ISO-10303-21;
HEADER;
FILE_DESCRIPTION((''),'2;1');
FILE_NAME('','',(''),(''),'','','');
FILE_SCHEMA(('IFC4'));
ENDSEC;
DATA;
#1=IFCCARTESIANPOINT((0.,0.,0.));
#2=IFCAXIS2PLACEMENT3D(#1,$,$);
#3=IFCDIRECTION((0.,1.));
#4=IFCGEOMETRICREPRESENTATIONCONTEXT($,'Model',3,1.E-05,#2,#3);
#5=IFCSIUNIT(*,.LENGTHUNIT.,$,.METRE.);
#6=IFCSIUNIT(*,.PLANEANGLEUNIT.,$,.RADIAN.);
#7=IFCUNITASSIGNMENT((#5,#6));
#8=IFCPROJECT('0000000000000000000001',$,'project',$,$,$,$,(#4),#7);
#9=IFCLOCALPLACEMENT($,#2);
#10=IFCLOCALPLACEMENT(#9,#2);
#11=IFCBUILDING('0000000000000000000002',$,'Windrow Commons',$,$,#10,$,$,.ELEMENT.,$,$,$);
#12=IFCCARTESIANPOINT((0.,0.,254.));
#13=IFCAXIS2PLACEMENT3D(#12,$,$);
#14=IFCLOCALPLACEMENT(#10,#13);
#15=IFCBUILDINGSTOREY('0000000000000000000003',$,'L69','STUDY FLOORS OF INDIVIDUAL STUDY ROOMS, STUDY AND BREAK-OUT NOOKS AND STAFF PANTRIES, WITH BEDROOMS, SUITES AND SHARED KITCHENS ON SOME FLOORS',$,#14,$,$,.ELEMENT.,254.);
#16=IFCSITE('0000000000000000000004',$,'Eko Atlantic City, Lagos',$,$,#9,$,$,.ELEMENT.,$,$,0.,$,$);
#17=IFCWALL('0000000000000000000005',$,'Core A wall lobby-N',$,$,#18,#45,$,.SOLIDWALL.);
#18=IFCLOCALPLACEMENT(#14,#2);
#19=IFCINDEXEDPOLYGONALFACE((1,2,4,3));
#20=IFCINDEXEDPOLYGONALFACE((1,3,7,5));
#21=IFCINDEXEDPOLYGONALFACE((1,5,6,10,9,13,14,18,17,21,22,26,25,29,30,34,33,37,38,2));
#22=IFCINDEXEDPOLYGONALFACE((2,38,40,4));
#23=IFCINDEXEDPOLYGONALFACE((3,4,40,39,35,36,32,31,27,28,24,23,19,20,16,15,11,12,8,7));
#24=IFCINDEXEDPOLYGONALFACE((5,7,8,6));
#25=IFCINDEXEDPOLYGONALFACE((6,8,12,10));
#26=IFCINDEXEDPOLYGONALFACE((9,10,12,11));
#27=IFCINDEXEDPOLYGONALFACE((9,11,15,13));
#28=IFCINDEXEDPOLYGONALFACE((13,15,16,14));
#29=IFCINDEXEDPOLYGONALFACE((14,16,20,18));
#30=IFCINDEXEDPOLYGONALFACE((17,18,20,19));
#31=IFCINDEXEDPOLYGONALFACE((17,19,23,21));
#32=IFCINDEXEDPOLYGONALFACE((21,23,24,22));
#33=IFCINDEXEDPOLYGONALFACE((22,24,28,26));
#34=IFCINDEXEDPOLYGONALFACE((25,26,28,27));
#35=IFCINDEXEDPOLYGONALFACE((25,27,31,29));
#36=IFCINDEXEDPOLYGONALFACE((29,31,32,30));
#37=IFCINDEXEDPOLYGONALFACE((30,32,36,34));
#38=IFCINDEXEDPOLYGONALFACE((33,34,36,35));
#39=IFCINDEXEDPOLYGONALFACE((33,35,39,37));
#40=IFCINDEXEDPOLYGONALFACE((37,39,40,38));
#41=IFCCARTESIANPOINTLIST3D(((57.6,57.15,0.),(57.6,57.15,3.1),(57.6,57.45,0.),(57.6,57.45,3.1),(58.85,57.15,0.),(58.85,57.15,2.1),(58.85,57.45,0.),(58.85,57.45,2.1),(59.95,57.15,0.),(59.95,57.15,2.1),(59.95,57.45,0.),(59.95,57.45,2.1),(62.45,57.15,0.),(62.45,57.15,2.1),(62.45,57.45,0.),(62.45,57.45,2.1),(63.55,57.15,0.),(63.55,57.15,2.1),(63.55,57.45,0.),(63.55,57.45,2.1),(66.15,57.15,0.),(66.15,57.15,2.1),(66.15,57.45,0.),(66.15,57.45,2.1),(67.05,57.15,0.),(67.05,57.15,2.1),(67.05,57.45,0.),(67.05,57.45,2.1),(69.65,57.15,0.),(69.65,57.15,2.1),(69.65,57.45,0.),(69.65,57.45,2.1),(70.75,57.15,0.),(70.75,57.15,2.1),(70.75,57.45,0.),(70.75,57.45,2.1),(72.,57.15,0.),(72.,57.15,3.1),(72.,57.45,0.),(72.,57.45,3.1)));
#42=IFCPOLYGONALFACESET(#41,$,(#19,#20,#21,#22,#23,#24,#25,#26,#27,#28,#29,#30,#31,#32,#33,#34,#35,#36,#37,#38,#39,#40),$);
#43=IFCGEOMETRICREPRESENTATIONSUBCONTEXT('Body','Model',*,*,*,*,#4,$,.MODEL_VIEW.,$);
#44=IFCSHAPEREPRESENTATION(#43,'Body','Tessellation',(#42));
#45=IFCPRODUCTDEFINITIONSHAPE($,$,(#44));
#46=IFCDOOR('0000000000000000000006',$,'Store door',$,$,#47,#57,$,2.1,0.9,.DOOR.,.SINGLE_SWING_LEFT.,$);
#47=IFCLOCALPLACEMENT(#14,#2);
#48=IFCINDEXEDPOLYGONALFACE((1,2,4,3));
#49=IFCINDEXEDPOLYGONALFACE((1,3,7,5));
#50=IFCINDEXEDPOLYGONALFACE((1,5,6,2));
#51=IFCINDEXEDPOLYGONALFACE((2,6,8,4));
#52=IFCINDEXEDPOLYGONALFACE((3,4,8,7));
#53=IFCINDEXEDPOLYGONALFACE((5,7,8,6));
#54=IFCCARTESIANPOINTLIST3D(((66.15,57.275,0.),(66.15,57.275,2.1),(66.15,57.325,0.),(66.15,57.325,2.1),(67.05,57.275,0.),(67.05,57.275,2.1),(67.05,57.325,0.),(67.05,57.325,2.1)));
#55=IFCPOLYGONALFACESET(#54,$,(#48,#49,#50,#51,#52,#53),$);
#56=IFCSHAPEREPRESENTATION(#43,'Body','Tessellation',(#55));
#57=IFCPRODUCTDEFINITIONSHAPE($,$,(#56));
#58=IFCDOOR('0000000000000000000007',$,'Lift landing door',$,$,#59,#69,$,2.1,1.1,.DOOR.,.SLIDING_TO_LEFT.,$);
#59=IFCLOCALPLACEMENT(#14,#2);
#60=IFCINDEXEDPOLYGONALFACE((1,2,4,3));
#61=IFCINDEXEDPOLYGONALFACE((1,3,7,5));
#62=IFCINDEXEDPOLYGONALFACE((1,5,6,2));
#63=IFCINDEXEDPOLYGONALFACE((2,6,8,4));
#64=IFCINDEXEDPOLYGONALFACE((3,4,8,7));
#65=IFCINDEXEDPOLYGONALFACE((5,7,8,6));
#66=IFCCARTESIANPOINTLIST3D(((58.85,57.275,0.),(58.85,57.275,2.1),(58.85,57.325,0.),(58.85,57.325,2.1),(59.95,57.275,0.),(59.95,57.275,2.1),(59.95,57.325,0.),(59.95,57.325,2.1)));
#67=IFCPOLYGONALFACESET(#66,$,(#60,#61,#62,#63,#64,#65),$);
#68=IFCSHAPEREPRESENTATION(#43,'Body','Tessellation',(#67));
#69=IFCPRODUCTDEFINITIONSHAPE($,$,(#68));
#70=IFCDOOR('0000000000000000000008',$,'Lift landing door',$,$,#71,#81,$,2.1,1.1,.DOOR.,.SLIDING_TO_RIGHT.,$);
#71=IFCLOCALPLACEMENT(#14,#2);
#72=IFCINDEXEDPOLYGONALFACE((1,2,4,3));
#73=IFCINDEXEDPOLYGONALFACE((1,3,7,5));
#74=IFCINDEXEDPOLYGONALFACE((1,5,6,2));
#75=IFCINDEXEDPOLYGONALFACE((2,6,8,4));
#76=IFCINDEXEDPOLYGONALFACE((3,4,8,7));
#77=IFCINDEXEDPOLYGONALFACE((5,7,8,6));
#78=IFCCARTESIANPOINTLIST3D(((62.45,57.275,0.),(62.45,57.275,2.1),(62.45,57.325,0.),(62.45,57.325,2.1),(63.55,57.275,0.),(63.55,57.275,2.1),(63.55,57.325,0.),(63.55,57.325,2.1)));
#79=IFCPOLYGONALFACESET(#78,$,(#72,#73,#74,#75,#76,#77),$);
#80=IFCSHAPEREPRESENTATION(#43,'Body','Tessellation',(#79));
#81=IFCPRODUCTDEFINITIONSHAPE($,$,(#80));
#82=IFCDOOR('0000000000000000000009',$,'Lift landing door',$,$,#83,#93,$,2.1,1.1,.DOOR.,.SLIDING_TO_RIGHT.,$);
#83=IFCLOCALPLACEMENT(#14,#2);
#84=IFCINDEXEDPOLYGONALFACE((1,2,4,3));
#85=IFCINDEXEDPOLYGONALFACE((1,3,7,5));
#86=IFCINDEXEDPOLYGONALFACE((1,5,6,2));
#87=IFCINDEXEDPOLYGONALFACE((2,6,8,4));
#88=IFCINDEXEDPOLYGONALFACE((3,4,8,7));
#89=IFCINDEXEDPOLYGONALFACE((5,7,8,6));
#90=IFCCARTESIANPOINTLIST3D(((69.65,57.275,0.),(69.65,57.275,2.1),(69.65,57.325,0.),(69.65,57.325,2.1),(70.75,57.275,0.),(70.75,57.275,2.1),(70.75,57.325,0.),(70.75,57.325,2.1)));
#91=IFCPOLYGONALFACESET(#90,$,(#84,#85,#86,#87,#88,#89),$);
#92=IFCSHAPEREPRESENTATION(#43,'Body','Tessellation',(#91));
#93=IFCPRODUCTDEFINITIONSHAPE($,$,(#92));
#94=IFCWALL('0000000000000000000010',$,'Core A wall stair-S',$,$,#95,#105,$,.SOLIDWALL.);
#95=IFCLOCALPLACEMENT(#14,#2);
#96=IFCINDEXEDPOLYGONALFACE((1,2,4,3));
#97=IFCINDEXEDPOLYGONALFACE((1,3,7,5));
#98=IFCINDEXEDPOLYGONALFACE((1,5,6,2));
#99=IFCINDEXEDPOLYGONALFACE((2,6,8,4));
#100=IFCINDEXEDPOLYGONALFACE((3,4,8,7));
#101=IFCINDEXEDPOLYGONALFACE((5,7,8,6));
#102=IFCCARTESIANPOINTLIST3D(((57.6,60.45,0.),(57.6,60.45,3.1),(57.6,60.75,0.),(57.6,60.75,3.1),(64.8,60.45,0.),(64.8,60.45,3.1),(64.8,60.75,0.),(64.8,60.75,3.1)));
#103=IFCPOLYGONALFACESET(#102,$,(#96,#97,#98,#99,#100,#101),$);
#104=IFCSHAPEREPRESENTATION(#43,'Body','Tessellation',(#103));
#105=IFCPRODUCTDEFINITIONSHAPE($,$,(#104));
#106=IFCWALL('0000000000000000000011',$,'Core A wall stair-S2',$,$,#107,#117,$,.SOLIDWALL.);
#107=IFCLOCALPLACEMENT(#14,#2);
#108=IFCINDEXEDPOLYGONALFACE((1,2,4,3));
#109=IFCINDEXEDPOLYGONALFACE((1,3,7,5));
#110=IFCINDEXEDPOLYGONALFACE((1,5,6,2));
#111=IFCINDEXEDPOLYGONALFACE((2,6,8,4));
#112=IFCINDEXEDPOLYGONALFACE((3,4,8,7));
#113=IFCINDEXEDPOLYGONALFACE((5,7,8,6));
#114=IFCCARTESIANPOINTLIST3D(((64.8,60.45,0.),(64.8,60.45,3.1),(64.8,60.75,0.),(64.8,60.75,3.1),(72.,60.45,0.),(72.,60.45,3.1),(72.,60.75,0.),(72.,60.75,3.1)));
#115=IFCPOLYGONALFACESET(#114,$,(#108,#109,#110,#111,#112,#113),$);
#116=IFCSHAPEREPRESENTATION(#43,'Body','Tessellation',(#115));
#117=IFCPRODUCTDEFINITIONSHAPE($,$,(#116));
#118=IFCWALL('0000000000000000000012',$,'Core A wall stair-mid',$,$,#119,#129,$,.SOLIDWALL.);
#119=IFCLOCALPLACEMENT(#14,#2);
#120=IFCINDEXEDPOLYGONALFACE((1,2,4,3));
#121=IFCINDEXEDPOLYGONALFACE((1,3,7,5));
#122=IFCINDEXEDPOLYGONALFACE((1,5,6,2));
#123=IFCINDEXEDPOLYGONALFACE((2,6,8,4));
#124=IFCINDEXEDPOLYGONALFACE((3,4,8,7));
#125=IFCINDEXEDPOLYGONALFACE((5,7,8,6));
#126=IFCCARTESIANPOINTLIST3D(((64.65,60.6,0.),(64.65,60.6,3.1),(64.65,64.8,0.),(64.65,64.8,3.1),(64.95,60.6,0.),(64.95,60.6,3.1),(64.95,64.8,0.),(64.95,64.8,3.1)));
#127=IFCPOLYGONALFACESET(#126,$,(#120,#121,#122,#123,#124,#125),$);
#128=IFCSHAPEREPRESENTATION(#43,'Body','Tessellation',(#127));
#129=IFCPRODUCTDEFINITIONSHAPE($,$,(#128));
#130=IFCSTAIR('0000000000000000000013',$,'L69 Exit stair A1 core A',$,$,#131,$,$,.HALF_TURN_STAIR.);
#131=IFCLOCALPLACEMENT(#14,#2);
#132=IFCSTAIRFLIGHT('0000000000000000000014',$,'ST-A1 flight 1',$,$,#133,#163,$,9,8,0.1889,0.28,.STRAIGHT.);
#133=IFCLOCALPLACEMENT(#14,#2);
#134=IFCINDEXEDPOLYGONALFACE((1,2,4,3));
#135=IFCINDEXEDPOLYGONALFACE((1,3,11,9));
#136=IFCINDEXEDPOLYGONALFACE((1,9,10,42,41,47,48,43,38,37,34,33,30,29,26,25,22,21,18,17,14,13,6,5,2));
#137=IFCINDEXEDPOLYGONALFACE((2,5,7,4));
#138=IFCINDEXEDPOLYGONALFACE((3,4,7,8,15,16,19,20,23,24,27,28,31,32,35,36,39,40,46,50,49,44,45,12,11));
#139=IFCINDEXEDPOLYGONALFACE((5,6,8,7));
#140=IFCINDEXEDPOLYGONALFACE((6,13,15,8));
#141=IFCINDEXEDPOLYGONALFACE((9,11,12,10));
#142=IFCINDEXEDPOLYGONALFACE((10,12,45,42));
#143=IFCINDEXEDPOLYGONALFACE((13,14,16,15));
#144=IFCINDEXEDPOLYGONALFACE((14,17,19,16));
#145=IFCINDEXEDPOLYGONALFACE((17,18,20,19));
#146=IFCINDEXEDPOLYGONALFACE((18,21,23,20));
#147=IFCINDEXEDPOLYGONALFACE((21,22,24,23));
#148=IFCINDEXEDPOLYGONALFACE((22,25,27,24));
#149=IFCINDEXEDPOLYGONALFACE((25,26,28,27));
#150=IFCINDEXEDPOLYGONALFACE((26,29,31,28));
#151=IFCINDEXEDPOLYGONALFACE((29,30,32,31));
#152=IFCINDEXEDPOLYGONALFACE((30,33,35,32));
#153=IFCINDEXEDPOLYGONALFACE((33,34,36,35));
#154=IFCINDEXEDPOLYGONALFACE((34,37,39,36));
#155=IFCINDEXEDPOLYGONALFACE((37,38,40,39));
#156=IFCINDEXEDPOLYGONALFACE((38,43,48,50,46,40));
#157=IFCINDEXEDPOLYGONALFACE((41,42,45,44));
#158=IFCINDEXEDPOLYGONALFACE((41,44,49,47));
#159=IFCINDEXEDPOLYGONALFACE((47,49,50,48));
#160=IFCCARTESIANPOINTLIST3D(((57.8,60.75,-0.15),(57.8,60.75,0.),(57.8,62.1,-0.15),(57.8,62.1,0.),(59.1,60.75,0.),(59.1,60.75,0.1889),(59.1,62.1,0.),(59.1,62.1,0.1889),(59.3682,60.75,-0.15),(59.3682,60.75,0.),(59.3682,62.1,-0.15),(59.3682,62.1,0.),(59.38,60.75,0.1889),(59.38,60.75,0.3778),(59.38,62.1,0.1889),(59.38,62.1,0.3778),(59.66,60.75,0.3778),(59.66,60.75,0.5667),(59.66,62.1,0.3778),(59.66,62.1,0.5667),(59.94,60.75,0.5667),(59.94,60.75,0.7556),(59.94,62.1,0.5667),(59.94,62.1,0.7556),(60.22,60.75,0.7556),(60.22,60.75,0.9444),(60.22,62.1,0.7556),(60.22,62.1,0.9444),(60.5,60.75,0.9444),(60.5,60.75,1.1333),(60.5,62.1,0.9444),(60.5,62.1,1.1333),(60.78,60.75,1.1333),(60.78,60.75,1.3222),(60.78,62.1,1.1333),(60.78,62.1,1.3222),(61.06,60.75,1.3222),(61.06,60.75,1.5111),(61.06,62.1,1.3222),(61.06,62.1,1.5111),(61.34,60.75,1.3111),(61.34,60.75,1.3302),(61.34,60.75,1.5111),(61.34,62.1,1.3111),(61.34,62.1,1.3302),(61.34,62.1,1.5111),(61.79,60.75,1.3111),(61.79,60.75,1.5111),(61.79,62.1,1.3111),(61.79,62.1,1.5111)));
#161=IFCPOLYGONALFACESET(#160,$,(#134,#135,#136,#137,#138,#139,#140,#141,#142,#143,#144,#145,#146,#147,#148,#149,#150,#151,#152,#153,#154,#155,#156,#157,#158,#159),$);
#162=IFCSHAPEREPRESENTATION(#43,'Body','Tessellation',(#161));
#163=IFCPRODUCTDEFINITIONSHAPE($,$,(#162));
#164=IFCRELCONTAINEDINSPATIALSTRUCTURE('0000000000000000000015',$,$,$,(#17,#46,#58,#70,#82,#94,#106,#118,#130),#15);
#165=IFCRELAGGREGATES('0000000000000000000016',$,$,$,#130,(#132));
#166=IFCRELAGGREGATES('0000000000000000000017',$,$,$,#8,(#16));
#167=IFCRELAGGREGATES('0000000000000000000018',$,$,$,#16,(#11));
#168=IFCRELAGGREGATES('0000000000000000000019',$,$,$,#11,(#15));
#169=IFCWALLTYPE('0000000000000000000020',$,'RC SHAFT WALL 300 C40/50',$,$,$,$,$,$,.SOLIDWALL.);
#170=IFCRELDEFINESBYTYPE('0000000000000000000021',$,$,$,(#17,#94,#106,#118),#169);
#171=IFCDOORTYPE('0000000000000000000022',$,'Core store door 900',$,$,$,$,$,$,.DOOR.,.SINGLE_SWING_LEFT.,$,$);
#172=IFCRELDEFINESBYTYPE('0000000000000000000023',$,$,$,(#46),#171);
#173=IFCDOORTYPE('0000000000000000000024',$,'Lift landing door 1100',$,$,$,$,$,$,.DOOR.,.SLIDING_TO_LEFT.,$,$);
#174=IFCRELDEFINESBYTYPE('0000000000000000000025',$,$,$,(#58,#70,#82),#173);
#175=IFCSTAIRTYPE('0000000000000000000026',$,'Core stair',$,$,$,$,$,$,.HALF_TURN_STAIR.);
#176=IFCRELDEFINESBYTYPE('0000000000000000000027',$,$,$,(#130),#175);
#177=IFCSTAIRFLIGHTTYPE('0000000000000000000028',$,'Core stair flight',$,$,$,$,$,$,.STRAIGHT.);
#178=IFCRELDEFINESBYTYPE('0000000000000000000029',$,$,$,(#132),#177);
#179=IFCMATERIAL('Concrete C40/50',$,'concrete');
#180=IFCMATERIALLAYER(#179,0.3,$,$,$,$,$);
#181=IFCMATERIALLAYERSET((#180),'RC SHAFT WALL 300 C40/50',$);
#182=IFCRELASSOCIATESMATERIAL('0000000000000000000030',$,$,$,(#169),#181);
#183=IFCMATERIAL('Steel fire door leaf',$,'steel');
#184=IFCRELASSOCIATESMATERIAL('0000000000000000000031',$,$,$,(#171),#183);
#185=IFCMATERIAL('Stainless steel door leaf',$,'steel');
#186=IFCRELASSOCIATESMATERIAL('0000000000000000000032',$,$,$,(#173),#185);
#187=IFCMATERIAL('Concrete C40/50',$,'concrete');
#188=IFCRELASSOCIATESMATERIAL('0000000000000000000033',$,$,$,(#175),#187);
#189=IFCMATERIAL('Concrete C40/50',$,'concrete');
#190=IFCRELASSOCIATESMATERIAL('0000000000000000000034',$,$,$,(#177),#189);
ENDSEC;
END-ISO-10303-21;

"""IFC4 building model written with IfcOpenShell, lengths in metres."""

from ifc_helpers import new_model, si_unit, direction, frame, frame_2d, origin, place, context, subcontext, project, spatial, polyline, rectangle, outline, extrude, material, layer, layer_set, type_object, element, fill, aggregate, save


model = new_model("IFC4")

# Units and contexts
model_context = context("Model", 3, precision=1e-05, world=origin(), true_north=direction((0.0, 1.0)))
body_context = subcontext(model_context, "Body", "Model", "MODEL_VIEW")
ifc_project = project(units=[si_unit("LENGTHUNIT", "METRE"), si_unit("PLANEANGLEUNIT", "RADIAN")], contexts=[model_context])

# Site, building, storey
site_placement = place(None, origin())
site = spatial("IfcSite", under=ifc_project, at=site_placement, Name="Eko Atlantic City, Lagos", CompositionType="ELEMENT", RefElevation=0.0)
building_placement = place(site_placement, origin())
building = spatial("IfcBuilding", under=site, at=building_placement, Name="Windrow Commons", CompositionType="ELEMENT")
storey_placement = place(building_placement, frame((0.0, 0.0, 254.0)))
storey = spatial("IfcBuildingStorey", under=building, at=storey_placement, Name="L69", Description="STUDY FLOORS OF INDIVIDUAL STUDY ROOMS, STUDY AND BREAK-OUT NOOKS AND STAFF PANTRIES, WITH BEDROOMS, SUITES AND SHARED KITCHENS ON SOME FLOORS", CompositionType="ELEMENT", Elevation=254.0)

# Shared definitions
ifc_material_1 = material(Name="Concrete C40/50", Category="concrete")
ifc_layer_1 = layer(ifc_material_1, 0.3)
ifc_layer_set_1 = layer_set([ifc_layer_1], Name="RC SHAFT WALL 300 C40/50")
wall_type_1 = type_object("IfcWallType", Name="RC SHAFT WALL 300 C40/50", PredefinedType="SOLIDWALL", material=ifc_layer_set_1)

# Wall, openings, doors
ifc_material_2 = material(Name="Steel fire door leaf", Category="steel")
door_type_1 = type_object("IfcDoorType", Name="Core store door 900", OperationType="SINGLE_SWING_LEFT", PredefinedType="DOOR", material=ifc_material_2)
ifc_material_3 = material(Name="Stainless steel door leaf", Category="steel")
door_type_2 = type_object("IfcDoorType", Name="Lift landing door 1100", OperationType="SLIDING_TO_LEFT", PredefinedType="DOOR", material=ifc_material_3)
wall_1_placement = place(storey_placement, frame((57.6, 57.3, 0.0), z_axis=(0.0, 0.0, 1.0), x_axis=(1.0, 0.0, 0.0)))
wall_1 = element("IfcWall", 1, at=wall_1_placement, inside=storey, type_object=wall_type_1, Name="Core A wall lobby-N", PredefinedType="SOLIDWALL", context=body_context, shape_type="SweptSolid", body=[
    extrude(rectangle(XDim=14.4, YDim=0.3, at=frame_2d((7.2, 0.0))), origin(), (0.0, 0.0, 1.0), 3.1),
])
opening_1_placement = place(wall_1_placement, frame((8.55, 0.0, 0.0)))
opening_1 = element("IfcOpeningElement", 2, at=opening_1_placement, cuts=wall_1, PredefinedType="OPENING", context=body_context, shape_type="SweptSolid", body=[
    extrude(rectangle(XDim=0.9, YDim=2.1, at=frame_2d((0.45, 1.05))), frame((0.0, 0.16, 0.0), z_axis=(0.0, -1.0, 0.0), x_axis=(1.0, 0.0, 0.0)), (0.0, 0.0, 1.0), 0.32),
])
opening_2_placement = place(wall_1_placement, frame((1.25, 0.0, 0.0)))
opening_2 = element("IfcOpeningElement", 3, at=opening_2_placement, cuts=wall_1, PredefinedType="OPENING", context=body_context, shape_type="SweptSolid", body=[
    extrude(rectangle(XDim=1.1, YDim=2.1, at=frame_2d((0.55, 1.05))), frame((0.0, 0.16, 0.0), z_axis=(0.0, -1.0, 0.0), x_axis=(1.0, 0.0, 0.0)), (0.0, 0.0, 1.0), 0.32),
])
opening_3_placement = place(wall_1_placement, frame((4.85, 0.0, 0.0)))
opening_3 = element("IfcOpeningElement", 4, at=opening_3_placement, cuts=wall_1, PredefinedType="OPENING", context=body_context, shape_type="SweptSolid", body=[
    extrude(rectangle(XDim=1.1, YDim=2.1, at=frame_2d((0.55, 1.05))), frame((0.0, 0.16, 0.0), z_axis=(0.0, -1.0, 0.0), x_axis=(1.0, 0.0, 0.0)), (0.0, 0.0, 1.0), 0.32),
])
opening_4_placement = place(wall_1_placement, frame((12.05, 0.0, 0.0)))
opening_4 = element("IfcOpeningElement", 5, at=opening_4_placement, cuts=wall_1, PredefinedType="OPENING", context=body_context, shape_type="SweptSolid", body=[
    extrude(rectangle(XDim=1.1, YDim=2.1, at=frame_2d((0.55, 1.05))), frame((0.0, 0.16, 0.0), z_axis=(0.0, -1.0, 0.0), x_axis=(1.0, 0.0, 0.0)), (0.0, 0.0, 1.0), 0.32),
])
door_1_placement = place(opening_1_placement, origin())
door_1 = element("IfcDoor", 6, at=door_1_placement, inside=storey, type_object=door_type_1, Name="Store door", OperationType="SINGLE_SWING_LEFT", OverallHeight=2.1, OverallWidth=0.9, PredefinedType="DOOR", context=body_context, shape_type="SweptSolid", body=[
    extrude(rectangle(XDim=0.9, YDim=2.1, at=frame_2d((0.45, 1.05))), frame((0.0, 0.025, 0.0), z_axis=(0.0, -1.0, 0.0), x_axis=(1.0, 0.0, 0.0)), (0.0, 0.0, 1.0), 0.05),
])
fill(opening_1, door_1)
door_2_placement = place(opening_2_placement, origin())
door_2 = element("IfcDoor", 7, at=door_2_placement, inside=storey, type_object=door_type_2, Name="Lift landing door", OperationType="SLIDING_TO_LEFT", OverallHeight=2.1, OverallWidth=1.1, PredefinedType="DOOR", context=body_context, shape_type="SweptSolid", body=[
    extrude(rectangle(XDim=1.1, YDim=2.1, at=frame_2d((0.55, 1.05))), frame((0.0, 0.025, 0.0), z_axis=(0.0, -1.0, 0.0), x_axis=(1.0, 0.0, 0.0)), (0.0, 0.0, 1.0), 0.05),
])
fill(opening_2, door_2)
door_3_placement = place(opening_3_placement, origin())
door_3 = element("IfcDoor", 8, at=door_3_placement, inside=storey, type_object=door_type_2, Name="Lift landing door", OperationType="SLIDING_TO_RIGHT", OverallHeight=2.1, OverallWidth=1.1, PredefinedType="DOOR", context=body_context, shape_type="SweptSolid", body=[
    extrude(rectangle(XDim=1.1, YDim=2.1, at=frame_2d((0.55, 1.05))), frame((0.0, 0.025, 0.0), z_axis=(0.0, -1.0, 0.0), x_axis=(1.0, 0.0, 0.0)), (0.0, 0.0, 1.0), 0.05),
])
fill(opening_3, door_3)
door_4_placement = place(opening_4_placement, origin())
door_4 = element("IfcDoor", 9, at=door_4_placement, inside=storey, type_object=door_type_2, Name="Lift landing door", OperationType="SLIDING_TO_RIGHT", OverallHeight=2.1, OverallWidth=1.1, PredefinedType="DOOR", context=body_context, shape_type="SweptSolid", body=[
    extrude(rectangle(XDim=1.1, YDim=2.1, at=frame_2d((0.55, 1.05))), frame((0.0, 0.025, 0.0), z_axis=(0.0, -1.0, 0.0), x_axis=(1.0, 0.0, 0.0)), (0.0, 0.0, 1.0), 0.05),
])
fill(opening_4, door_4)

# Walls
for number, where, z_axis, x_axis, name in (
    (10, (57.6, 60.6, 0.0), (0.0, 0.0, 1.0), (1.0, 0.0, 0.0), "Core A wall stair-S"),
    (11, (64.8, 60.6, 0.0), (0.0, 0.0, 1.0), (1.0, 0.0, 0.0), "Core A wall stair-S2"),
):
    element("IfcWall", number, at=place(storey_placement, frame(where, z_axis=z_axis, x_axis=x_axis)), inside=storey, type_object=wall_type_1, Name=name, PredefinedType="SOLIDWALL", context=body_context, shape_type="SweptSolid", body=[
        extrude(rectangle(XDim=7.2, YDim=0.3, at=frame_2d((3.6, 0.0))), origin(), (0.0, 0.0, 1.0), 3.1),
    ])
wall_2_placement = place(storey_placement, frame((64.8, 60.6, 0.0), z_axis=(0.0, 0.0, 1.0), x_axis=(0.0, 1.0, 0.0)))
element("IfcWall", 12, at=wall_2_placement, inside=storey, type_object=wall_type_1, Name="Core A wall stair-mid", PredefinedType="SOLIDWALL", context=body_context, shape_type="SweptSolid", body=[
    extrude(rectangle(XDim=4.2, YDim=0.3, at=frame_2d((2.1, 0.0))), origin(), (0.0, 0.0, 1.0), 3.1),
])

# Stair, stair flight
ifc_material_4 = material(Name="Concrete C40/50", Category="concrete")
stair_type = type_object("IfcStairType", Name="Core stair", PredefinedType="HALF_TURN_STAIR", material=ifc_material_4)
placement = place(storey_placement, origin())
stair_1 = element("IfcStair", 13, at=placement, inside=storey, type_object=stair_type, Name="L69 Exit stair A1 core A", PredefinedType="HALF_TURN_STAIR")
ifc_material_5 = material(Name="Concrete C40/50", Category="concrete")
stair_flight_type = type_object("IfcStairFlightType", Name="Core stair flight", PredefinedType="STRAIGHT", material=ifc_material_5)
stair_flight_1_placement = place(storey_placement, frame((59.1, 61.425, 0.0), z_axis=(0.0, 0.0, 1.0), x_axis=(1.0, 0.0, 0.0)))
stair_flight_1 = element("IfcStairFlight", 14, at=stair_flight_1_placement, type_object=stair_flight_type, Name="ST-A1 flight 1", NumberOfRisers=9, NumberOfTreads=8, PredefinedType="STRAIGHT", RiserHeight=0.1889, TreadLength=0.28, context=body_context, shape_type="SweptSolid", body=[
    extrude(outline(polyline([(-1.3, -0.15), (-1.3, 0.0), (0.0, 0.0), (0.0, 0.1889), (0.28, 0.1889), (0.28, 0.3778), (0.56, 0.3778), (0.56, 0.5667), (0.84, 0.5667), (0.84, 0.7556), (1.12, 0.7556), (1.12, 0.9444), (1.4, 0.9444), (1.4, 1.1333), (1.68, 1.1333), (1.68, 1.3222), (1.96, 1.3222), (1.96, 1.5111), (2.24, 1.5111), (2.69, 1.5111), (2.69, 1.3111), (2.24, 1.3111), (2.24, 1.3302), (0.2682, 0.0), (0.2682, -0.15), (-1.3, -0.15)])), frame((0.0, 0.675, 0.0), z_axis=(0.0, -1.0, 0.0), x_axis=(1.0, 0.0, 0.0)), (0.0, 0.0, 1.0), 1.35),
])
aggregate(stair_1, [stair_flight_1])

save(model, "model.ifc")
